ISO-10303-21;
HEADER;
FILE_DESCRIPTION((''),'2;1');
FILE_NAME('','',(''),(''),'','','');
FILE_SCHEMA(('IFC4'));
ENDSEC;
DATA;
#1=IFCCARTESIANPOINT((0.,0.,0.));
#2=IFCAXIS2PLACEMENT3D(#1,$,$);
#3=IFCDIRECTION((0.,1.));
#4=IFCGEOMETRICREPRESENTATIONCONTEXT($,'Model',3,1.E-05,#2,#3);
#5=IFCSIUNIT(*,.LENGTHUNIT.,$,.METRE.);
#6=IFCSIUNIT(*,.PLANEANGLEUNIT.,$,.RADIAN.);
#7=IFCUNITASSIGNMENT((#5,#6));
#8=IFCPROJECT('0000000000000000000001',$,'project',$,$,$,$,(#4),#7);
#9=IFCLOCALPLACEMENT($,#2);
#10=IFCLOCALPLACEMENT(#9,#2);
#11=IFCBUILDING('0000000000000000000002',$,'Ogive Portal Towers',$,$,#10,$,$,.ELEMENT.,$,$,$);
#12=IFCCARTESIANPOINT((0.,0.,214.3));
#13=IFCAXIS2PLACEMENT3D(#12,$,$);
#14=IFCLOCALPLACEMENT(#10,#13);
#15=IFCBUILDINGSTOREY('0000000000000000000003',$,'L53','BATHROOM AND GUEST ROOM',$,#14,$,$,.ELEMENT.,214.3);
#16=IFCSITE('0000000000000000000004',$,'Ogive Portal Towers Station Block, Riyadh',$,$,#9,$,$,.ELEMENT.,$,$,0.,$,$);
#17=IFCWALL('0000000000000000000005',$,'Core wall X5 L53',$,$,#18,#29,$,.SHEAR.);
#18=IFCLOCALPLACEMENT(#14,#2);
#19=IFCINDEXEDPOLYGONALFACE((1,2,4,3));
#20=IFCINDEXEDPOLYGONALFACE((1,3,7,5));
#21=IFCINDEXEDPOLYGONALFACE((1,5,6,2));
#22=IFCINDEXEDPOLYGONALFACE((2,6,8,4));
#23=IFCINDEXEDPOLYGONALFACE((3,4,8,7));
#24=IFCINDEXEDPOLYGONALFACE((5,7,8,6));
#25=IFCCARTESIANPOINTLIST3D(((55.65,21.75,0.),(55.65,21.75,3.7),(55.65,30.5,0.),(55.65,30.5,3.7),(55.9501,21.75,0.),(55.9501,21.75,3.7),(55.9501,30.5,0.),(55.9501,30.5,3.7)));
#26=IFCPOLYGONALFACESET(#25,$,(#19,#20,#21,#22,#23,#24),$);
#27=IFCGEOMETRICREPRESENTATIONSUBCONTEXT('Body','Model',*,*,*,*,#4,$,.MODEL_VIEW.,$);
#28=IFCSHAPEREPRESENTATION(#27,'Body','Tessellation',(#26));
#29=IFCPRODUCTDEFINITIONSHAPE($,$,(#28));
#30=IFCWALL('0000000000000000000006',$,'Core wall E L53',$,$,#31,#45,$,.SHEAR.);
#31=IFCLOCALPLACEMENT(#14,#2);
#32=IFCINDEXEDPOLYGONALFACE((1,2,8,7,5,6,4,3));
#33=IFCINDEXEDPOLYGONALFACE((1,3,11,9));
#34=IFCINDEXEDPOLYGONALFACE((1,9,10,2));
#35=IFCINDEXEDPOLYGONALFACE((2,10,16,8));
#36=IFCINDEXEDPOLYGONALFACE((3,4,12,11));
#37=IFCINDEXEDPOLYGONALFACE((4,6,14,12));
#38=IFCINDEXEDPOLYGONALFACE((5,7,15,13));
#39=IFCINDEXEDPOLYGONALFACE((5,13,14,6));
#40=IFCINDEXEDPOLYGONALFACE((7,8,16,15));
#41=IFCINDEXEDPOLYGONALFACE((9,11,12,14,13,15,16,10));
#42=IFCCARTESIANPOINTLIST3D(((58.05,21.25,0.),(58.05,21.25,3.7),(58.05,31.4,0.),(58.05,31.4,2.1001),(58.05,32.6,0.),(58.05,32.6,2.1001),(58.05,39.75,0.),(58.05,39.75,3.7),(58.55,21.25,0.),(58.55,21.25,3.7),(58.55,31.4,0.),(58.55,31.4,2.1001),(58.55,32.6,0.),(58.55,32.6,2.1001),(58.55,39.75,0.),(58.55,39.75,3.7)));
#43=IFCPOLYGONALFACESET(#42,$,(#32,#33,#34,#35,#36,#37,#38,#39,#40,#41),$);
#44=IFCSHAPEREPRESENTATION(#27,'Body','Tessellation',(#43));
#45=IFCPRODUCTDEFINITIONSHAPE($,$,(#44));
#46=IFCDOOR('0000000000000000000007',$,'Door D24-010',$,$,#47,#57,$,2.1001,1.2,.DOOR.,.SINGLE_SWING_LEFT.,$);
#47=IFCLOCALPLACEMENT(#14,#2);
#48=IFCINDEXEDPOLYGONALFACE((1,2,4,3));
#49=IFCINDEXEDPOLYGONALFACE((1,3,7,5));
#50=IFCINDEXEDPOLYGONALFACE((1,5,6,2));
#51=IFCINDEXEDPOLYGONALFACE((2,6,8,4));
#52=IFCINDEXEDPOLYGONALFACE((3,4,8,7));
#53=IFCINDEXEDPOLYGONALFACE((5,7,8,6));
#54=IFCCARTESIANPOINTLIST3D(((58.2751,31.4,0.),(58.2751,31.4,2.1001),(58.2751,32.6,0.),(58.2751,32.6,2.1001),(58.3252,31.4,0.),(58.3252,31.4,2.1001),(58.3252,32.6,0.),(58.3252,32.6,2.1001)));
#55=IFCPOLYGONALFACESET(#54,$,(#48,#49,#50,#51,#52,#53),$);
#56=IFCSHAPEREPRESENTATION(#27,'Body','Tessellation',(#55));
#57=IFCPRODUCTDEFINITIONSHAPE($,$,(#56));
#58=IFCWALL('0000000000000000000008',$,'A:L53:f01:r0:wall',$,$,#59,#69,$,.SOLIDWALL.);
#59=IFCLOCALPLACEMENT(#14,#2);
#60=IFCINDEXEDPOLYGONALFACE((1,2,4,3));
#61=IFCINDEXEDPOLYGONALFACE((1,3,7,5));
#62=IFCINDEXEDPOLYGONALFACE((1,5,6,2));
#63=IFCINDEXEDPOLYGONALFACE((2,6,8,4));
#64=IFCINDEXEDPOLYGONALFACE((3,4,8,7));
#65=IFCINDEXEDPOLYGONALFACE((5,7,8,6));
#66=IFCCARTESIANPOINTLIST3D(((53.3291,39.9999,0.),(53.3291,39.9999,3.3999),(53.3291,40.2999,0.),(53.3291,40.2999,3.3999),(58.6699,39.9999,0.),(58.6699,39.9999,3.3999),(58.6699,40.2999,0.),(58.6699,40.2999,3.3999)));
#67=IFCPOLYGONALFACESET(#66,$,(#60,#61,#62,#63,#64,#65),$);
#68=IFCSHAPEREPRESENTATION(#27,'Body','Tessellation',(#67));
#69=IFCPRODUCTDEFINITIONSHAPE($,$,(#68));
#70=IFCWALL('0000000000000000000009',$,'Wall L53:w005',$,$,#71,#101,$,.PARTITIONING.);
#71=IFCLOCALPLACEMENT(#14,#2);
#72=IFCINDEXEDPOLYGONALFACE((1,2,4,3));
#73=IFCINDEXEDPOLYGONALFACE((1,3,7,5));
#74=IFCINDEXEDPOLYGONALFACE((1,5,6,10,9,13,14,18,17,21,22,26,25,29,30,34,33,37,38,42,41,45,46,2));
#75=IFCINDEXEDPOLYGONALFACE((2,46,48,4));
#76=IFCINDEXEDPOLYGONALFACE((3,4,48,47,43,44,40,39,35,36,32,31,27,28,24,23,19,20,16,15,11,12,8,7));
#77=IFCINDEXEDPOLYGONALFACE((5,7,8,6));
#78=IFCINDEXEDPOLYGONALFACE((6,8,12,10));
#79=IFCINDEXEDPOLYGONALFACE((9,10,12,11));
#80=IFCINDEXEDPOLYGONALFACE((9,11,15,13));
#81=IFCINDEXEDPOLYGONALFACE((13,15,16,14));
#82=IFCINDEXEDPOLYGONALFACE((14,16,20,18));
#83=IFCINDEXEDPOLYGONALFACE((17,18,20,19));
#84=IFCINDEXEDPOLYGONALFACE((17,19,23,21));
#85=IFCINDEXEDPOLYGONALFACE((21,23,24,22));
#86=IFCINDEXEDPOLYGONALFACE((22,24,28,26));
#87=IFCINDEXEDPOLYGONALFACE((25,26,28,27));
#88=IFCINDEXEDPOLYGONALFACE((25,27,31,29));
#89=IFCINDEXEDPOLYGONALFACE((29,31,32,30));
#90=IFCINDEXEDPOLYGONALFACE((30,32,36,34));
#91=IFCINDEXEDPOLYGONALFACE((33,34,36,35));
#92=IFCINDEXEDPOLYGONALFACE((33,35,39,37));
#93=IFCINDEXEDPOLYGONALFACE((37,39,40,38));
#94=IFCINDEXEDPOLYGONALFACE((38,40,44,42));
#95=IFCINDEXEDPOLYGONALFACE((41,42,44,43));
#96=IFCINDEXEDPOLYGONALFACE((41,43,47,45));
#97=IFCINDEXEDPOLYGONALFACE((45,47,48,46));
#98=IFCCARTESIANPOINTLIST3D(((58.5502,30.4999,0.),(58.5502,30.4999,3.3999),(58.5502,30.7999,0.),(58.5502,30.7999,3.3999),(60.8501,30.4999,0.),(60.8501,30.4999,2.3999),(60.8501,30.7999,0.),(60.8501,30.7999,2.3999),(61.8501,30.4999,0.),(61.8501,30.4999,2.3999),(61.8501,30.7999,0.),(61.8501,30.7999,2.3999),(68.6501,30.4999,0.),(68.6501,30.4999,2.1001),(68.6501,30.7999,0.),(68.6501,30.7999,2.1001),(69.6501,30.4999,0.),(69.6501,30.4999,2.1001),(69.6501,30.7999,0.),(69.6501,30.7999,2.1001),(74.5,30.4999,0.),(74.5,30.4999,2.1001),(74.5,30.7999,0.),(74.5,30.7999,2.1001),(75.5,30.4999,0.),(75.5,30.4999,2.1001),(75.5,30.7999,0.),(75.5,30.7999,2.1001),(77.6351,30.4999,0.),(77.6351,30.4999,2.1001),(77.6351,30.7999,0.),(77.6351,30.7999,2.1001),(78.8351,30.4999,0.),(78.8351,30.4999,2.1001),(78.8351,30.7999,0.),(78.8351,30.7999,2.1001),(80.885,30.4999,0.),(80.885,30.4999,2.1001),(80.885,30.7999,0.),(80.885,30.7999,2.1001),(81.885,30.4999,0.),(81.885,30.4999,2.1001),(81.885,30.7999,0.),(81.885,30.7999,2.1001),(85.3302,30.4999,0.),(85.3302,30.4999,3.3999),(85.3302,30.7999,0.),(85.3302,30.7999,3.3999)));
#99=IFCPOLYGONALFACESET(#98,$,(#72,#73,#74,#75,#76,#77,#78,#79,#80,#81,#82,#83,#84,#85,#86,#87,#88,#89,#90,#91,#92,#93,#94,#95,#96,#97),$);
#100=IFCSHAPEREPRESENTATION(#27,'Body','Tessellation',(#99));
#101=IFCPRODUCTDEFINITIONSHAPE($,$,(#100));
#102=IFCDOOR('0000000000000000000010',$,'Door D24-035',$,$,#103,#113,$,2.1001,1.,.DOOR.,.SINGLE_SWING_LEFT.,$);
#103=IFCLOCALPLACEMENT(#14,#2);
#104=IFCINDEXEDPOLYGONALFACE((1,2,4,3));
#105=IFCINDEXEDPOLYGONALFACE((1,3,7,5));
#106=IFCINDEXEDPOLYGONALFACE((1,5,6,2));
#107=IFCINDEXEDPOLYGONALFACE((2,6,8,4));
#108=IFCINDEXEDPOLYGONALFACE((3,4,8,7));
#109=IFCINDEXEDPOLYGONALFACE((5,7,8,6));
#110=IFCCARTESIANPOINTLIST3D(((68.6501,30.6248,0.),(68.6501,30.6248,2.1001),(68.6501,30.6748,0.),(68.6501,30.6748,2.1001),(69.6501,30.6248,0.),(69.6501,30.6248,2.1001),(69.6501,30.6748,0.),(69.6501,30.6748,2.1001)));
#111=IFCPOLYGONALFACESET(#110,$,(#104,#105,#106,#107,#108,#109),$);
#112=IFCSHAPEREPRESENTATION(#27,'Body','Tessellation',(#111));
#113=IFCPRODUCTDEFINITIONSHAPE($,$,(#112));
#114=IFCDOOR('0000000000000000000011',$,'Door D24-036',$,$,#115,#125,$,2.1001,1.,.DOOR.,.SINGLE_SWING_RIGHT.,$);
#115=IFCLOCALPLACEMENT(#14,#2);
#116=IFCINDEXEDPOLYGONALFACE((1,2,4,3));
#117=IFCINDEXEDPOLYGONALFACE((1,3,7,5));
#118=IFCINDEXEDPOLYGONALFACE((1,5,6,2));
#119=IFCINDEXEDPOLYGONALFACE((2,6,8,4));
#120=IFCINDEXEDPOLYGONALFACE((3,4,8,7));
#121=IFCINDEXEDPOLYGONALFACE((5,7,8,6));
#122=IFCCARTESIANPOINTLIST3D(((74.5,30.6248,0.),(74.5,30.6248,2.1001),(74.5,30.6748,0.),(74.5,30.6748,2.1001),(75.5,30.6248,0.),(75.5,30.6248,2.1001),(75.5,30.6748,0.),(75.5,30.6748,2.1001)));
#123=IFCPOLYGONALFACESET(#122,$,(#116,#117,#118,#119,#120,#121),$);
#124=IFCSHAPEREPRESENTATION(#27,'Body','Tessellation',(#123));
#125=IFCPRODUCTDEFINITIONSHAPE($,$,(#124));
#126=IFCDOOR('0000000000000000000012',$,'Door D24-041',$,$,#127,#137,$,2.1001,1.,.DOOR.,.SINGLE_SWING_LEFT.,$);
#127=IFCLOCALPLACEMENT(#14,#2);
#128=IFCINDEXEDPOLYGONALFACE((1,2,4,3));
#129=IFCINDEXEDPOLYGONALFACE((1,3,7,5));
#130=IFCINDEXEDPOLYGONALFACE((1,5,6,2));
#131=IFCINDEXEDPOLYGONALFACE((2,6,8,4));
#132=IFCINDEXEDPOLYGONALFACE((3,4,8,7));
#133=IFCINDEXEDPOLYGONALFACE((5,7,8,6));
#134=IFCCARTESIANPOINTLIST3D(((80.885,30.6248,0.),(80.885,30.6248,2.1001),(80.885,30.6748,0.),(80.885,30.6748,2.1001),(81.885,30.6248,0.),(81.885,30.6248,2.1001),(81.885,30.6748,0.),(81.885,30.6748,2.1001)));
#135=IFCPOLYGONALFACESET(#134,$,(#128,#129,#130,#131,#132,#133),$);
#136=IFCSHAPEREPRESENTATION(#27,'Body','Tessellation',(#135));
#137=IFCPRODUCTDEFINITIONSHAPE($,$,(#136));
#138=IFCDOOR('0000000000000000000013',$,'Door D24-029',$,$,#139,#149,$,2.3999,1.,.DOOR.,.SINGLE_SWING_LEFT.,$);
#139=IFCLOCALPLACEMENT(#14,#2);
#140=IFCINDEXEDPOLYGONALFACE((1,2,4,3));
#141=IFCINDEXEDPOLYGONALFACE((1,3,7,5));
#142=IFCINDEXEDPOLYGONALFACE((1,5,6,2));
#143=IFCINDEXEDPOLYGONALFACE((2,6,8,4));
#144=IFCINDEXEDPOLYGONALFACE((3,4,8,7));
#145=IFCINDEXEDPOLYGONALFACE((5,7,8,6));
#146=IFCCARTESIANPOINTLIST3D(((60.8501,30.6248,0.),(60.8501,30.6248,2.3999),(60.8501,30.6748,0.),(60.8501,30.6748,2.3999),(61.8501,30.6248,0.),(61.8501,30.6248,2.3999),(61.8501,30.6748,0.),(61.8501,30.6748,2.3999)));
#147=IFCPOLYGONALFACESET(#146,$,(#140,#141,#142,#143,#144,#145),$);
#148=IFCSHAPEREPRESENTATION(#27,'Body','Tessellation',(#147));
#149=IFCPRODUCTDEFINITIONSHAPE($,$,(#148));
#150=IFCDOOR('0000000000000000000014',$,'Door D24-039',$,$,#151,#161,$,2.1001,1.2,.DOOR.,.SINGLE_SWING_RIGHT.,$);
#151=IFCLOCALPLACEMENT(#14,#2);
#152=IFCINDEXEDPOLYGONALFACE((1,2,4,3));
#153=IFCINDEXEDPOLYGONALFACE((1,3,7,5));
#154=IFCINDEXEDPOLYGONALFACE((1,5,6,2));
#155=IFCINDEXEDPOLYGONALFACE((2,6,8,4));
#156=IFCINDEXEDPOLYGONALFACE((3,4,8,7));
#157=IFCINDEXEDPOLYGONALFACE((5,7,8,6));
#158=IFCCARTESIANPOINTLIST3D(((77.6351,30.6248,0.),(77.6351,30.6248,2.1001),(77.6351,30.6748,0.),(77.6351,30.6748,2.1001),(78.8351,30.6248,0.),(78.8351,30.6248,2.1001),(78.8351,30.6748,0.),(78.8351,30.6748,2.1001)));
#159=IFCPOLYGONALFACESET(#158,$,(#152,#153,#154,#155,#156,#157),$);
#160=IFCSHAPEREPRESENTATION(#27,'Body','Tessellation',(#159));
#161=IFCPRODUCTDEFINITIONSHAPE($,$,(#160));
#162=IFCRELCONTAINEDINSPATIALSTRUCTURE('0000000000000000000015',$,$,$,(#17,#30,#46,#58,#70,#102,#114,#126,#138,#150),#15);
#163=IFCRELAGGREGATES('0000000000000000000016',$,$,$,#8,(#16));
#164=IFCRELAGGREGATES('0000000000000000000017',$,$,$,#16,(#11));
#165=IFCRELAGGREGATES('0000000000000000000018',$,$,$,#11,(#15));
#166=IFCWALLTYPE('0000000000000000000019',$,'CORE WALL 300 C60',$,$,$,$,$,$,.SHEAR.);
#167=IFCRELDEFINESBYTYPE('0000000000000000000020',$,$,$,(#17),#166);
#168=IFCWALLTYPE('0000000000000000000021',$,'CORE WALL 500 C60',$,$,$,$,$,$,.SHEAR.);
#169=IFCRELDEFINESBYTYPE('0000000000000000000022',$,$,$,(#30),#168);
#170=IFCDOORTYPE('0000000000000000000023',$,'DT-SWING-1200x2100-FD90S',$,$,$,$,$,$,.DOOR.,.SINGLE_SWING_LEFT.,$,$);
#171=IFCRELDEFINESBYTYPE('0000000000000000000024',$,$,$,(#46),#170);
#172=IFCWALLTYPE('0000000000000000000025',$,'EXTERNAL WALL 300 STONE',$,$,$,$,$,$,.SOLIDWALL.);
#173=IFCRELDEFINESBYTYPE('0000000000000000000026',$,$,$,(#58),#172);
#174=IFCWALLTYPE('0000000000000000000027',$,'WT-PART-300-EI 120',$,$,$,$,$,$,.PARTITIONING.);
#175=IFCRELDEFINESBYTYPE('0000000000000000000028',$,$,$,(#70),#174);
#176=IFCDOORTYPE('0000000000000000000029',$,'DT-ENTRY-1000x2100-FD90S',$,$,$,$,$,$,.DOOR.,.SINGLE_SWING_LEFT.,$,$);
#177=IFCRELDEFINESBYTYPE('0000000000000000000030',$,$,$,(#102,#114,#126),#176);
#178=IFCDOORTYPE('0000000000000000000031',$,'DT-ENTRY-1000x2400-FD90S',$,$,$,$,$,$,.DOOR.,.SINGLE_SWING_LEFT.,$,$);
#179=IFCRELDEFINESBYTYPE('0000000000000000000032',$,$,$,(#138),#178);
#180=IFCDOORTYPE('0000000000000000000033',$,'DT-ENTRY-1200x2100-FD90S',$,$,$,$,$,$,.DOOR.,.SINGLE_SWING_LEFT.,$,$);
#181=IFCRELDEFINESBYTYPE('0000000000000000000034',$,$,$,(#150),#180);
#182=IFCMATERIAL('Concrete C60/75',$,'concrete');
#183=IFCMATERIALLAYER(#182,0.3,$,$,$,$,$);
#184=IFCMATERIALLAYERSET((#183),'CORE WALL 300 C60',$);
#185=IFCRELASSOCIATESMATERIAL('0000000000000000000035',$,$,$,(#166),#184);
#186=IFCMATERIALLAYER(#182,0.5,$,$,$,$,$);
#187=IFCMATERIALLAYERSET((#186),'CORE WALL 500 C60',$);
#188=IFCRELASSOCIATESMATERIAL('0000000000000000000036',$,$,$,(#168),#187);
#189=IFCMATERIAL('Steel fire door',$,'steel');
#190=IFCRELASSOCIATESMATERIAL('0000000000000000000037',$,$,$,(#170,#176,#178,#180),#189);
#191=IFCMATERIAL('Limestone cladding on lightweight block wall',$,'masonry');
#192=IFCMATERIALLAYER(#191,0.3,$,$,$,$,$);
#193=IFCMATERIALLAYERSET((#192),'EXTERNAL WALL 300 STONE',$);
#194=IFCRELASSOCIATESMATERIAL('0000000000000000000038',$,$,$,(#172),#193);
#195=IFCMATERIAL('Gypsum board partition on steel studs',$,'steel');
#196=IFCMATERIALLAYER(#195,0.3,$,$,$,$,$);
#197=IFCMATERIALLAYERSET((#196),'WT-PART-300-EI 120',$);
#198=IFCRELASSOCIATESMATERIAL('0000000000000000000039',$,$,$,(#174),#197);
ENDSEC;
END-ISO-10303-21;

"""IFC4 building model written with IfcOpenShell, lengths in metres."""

from ifc_helpers import new_model, si_unit, direction, frame, frame_2d, origin, place, context, subcontext, project, spatial, rectangle, extrude, material, layer, layer_set, type_object, element, fill, save


model = new_model("IFC4")

# Units and contexts
model_context = context("Model", 3, precision=1e-05, world=origin(), true_north=direction((0.0, 1.0)))
body_context = subcontext(model_context, "Body", "Model", "MODEL_VIEW")
ifc_project = project(units=[si_unit("LENGTHUNIT", "METRE"), si_unit("PLANEANGLEUNIT", "RADIAN")], contexts=[model_context])

# Site, building, storey
site_placement = place(None, origin())
site = spatial("IfcSite", under=ifc_project, at=site_placement, Name="Ogive Portal Towers Station Block, Riyadh", CompositionType="ELEMENT", RefElevation=0.0)
building_placement = place(site_placement, origin())
building = spatial("IfcBuilding", under=site, at=building_placement, Name="Ogive Portal Towers", CompositionType="ELEMENT")
storey_placement = place(building_placement, frame((0.0, 0.0, 214.3)))
storey = spatial("IfcBuildingStorey", under=building, at=storey_placement, Name="L53", Description="BATHROOM AND GUEST ROOM", CompositionType="ELEMENT", Elevation=214.3)

# Wall
ifc_material_1 = material(Name="Concrete C60/75", Category="concrete")
ifc_layer_1 = layer(ifc_material_1, 0.3)
ifc_layer_set_1 = layer_set([ifc_layer_1], Name="CORE WALL 300 C60")
wall_type_1 = type_object("IfcWallType", Name="CORE WALL 300 C60", PredefinedType="SHEAR", material=ifc_layer_set_1)
wall_1_placement = place(storey_placement, frame((55.8, 21.75, 0.0), z_axis=(0.0, 0.0, 1.0), x_axis=(0.0, 1.0, 0.0)))
element("IfcWall", 1, at=wall_1_placement, inside=storey, type_object=wall_type_1, Name="Core wall X5 L53", PredefinedType="SHEAR", context=body_context, shape_type="SweptSolid", body=[
    extrude(rectangle(XDim=8.75, YDim=0.3, at=frame_2d((4.375, 0.0))), origin(), (0.0, 0.0, 1.0), 3.7),
])

# Wall, opening, door
ifc_layer_2 = layer(ifc_material_1, 0.5)
ifc_layer_set_2 = layer_set([ifc_layer_2], Name="CORE WALL 500 C60")
wall_type_2 = type_object("IfcWallType", Name="CORE WALL 500 C60", PredefinedType="SHEAR", material=ifc_layer_set_2)
wall_2_placement = place(storey_placement, frame((58.3, 21.25, 0.0), z_axis=(0.0, 0.0, 1.0), x_axis=(0.0, 1.0, 0.0)))
wall_2 = element("IfcWall", 2, at=wall_2_placement, inside=storey, type_object=wall_type_2, Name="Core wall E L53", PredefinedType="SHEAR", context=body_context, shape_type="SweptSolid", body=[
    extrude(rectangle(XDim=18.5, YDim=0.5, at=frame_2d((9.25, 0.0))), origin(), (0.0, 0.0, 1.0), 3.7),
])
opening_1_placement = place(wall_2_placement, frame((10.1499, 0.0, 0.0)))
opening_1 = element("IfcOpeningElement", 3, at=opening_1_placement, cuts=wall_2, PredefinedType="OPENING", context=body_context, shape_type="SweptSolid", body=[
    extrude(rectangle(XDim=1.2, YDim=2.1001, at=frame_2d((0.6001, 1.05))), frame((0.0, 0.26, 0.0), z_axis=(0.0, -1.0, 0.0), x_axis=(1.0, 0.0, 0.0)), (0.0, 0.0, 1.0), 0.52),
])
ifc_material_2 = material(Name="Steel fire door", Category="steel")
door_type_1 = type_object("IfcDoorType", Name="DT-SWING-1200x2100-FD90S", OperationType="SINGLE_SWING_LEFT", PredefinedType="DOOR", material=ifc_material_2)
door_1_placement = place(opening_1_placement, origin())
door_1 = element("IfcDoor", 4, at=door_1_placement, inside=storey, type_object=door_type_1, Name="Door D24-010", OperationType="SINGLE_SWING_LEFT", OverallHeight=2.1001, OverallWidth=1.2, PredefinedType="DOOR", context=body_context, shape_type="SweptSolid", body=[
    extrude(rectangle(XDim=1.2, YDim=2.1001, at=frame_2d((0.6001, 1.05))), frame((0.0, 0.0249, 0.0), z_axis=(0.0, -1.0, 0.0), x_axis=(1.0, 0.0, 0.0)), (0.0, 0.0, 1.0), 0.05),
])
fill(opening_1, door_1)

# Wall
ifc_material_3 = material(Name="Limestone cladding on lightweight block wall", Category="masonry")
ifc_layer_3 = layer(ifc_material_3, 0.3)
ifc_layer_set_3 = layer_set([ifc_layer_3], Name="EXTERNAL WALL 300 STONE")
wall_type_3 = type_object("IfcWallType", Name="EXTERNAL WALL 300 STONE", PredefinedType="SOLIDWALL", material=ifc_layer_set_3)
wall_3_placement = place(storey_placement, frame((58.6699, 40.1499, 0.0), z_axis=(0.0, 0.0, 1.0), x_axis=(-1.0, 0.0, 0.0)))
element("IfcWall", 5, at=wall_3_placement, inside=storey, type_object=wall_type_3, Name="A:L53:f01:r0:wall", PredefinedType="SOLIDWALL", context=body_context, shape_type="SweptSolid", body=[
    extrude(rectangle(XDim=5.3408, YDim=0.3, at=frame_2d((2.6704, 0.0))), origin(), (0.0, 0.0, 1.0), 3.3999),
])

# Wall, openings, doors
ifc_material_4 = material(Name="Gypsum board partition on steel studs", Category="steel")
ifc_layer_4 = layer(ifc_material_4, 0.3)
ifc_layer_set_4 = layer_set([ifc_layer_4], Name="WT-PART-300-EI 120")
wall_type_4 = type_object("IfcWallType", Name="WT-PART-300-EI 120", PredefinedType="PARTITIONING", material=ifc_layer_set_4)
wall_4_placement = place(storey_placement, frame((58.55, 30.6499, 0.0), z_axis=(0.0, 0.0, 1.0), x_axis=(1.0, 0.0, 0.0)))
wall_4 = element("IfcWall", 6, at=wall_4_placement, inside=storey, type_object=wall_type_4, Name="Wall L53:w005", PredefinedType="PARTITIONING", context=body_context, shape_type="SweptSolid", body=[
    extrude(rectangle(XDim=26.78, YDim=0.3, at=frame_2d((13.3901, 0.0))), origin(), (0.0, 0.0, 1.0), 3.3999),
])
opening_2_placement = place(wall_4_placement, frame((2.3, 0.0, 0.0)))
opening_2 = element("IfcOpeningElement", 7, at=opening_2_placement, cuts=wall_4, PredefinedType="OPENING", context=body_context, shape_type="SweptSolid", body=[
    extrude(rectangle(XDim=1.0, YDim=2.3999, at=frame_2d((0.5, 1.2))), frame((0.0, 0.1602, 0.0), z_axis=(0.0, -1.0, 0.0), x_axis=(1.0, 0.0, 0.0)), (0.0, 0.0, 1.0), 0.3201),
])
opening_3_placement = place(wall_4_placement, frame((10.1001, 0.0, 0.0)))
opening_3 = element("IfcOpeningElement", 8, at=opening_3_placement, cuts=wall_4, PredefinedType="OPENING", context=body_context, shape_type="SweptSolid", body=[
    extrude(rectangle(XDim=1.0, YDim=2.1001, at=frame_2d((0.5, 1.05))), frame((0.0, 0.1602, 0.0), z_axis=(0.0, -1.0, 0.0), x_axis=(1.0, 0.0, 0.0)), (0.0, 0.0, 1.0), 0.3201),
])
opening_4_placement = place(wall_4_placement, frame((15.95, 0.0, 0.0)))
opening_4 = element("IfcOpeningElement", 9, at=opening_4_placement, cuts=wall_4, PredefinedType="OPENING", context=body_context, shape_type="SweptSolid", body=[
    extrude(rectangle(XDim=1.0, YDim=2.1001, at=frame_2d((0.5, 1.05))), frame((0.0, 0.1602, 0.0), z_axis=(0.0, -1.0, 0.0), x_axis=(1.0, 0.0, 0.0)), (0.0, 0.0, 1.0), 0.3201),
])
opening_5_placement = place(wall_4_placement, frame((19.085, 0.0, 0.0)))
opening_5 = element("IfcOpeningElement", 10, at=opening_5_placement, cuts=wall_4, PredefinedType="OPENING", context=body_context, shape_type="SweptSolid", body=[
    extrude(rectangle(XDim=1.2, YDim=2.1001, at=frame_2d((0.6001, 1.05))), frame((0.0, 0.1602, 0.0), z_axis=(0.0, -1.0, 0.0), x_axis=(1.0, 0.0, 0.0)), (0.0, 0.0, 1.0), 0.3201),
])
opening_6_placement = place(wall_4_placement, frame((22.335, 0.0, 0.0)))
opening_6 = element("IfcOpeningElement", 11, at=opening_6_placement, cuts=wall_4, PredefinedType="OPENING", context=body_context, shape_type="SweptSolid", body=[
    extrude(rectangle(XDim=1.0, YDim=2.1001, at=frame_2d((0.5, 1.05))), frame((0.0, 0.1602, 0.0), z_axis=(0.0, -1.0, 0.0), x_axis=(1.0, 0.0, 0.0)), (0.0, 0.0, 1.0), 0.3201),
])
door_type_2 = type_object("IfcDoorType", Name="DT-ENTRY-1000x2100-FD90S", OperationType="SINGLE_SWING_LEFT", PredefinedType="DOOR", material=ifc_material_2)
door_2_placement = place(opening_3_placement, origin())
door_2 = element("IfcDoor", 12, at=door_2_placement, inside=storey, type_object=door_type_2, Name="Door D24-035", OperationType="SINGLE_SWING_LEFT", OverallHeight=2.1001, OverallWidth=1.0, PredefinedType="DOOR", context=body_context, shape_type="SweptSolid", body=[
    extrude(rectangle(XDim=1.0, YDim=2.1001, at=frame_2d((0.5, 1.05))), frame((0.0, 0.0249, 0.0), z_axis=(0.0, -1.0, 0.0), x_axis=(1.0, 0.0, 0.0)), (0.0, 0.0, 1.0), 0.05),
])
fill(opening_3, door_2)
door_3_placement = place(opening_4_placement, origin())
door_3 = element("IfcDoor", 13, at=door_3_placement, inside=storey, type_object=door_type_2, Name="Door D24-036", OperationType="SINGLE_SWING_RIGHT", OverallHeight=2.1001, OverallWidth=1.0, PredefinedType="DOOR", context=body_context, shape_type="SweptSolid", body=[
    extrude(rectangle(XDim=1.0, YDim=2.1001, at=frame_2d((0.5, 1.05))), frame((0.0, 0.0249, 0.0), z_axis=(0.0, -1.0, 0.0), x_axis=(1.0, 0.0, 0.0)), (0.0, 0.0, 1.0), 0.05),
])
fill(opening_4, door_3)
door_4_placement = place(opening_6_placement, origin())
door_4 = element("IfcDoor", 14, at=door_4_placement, inside=storey, type_object=door_type_2, Name="Door D24-041", OperationType="SINGLE_SWING_LEFT", OverallHeight=2.1001, OverallWidth=1.0, PredefinedType="DOOR", context=body_context, shape_type="SweptSolid", body=[
    extrude(rectangle(XDim=1.0, YDim=2.1001, at=frame_2d((0.5, 1.05))), frame((0.0, 0.0249, 0.0), z_axis=(0.0, -1.0, 0.0), x_axis=(1.0, 0.0, 0.0)), (0.0, 0.0, 1.0), 0.05),
])
fill(opening_6, door_4)
door_type_3 = type_object("IfcDoorType", Name="DT-ENTRY-1000x2400-FD90S", OperationType="SINGLE_SWING_LEFT", PredefinedType="DOOR", material=ifc_material_2)
door_5_placement = place(opening_2_placement, origin())
door_5 = element("IfcDoor", 15, at=door_5_placement, inside=storey, type_object=door_type_3, Name="Door D24-029", OperationType="SINGLE_SWING_LEFT", OverallHeight=2.3999, OverallWidth=1.0, PredefinedType="DOOR", context=body_context, shape_type="SweptSolid", body=[
    extrude(rectangle(XDim=1.0, YDim=2.3999, at=frame_2d((0.5, 1.2))), frame((0.0, 0.0249, 0.0), z_axis=(0.0, -1.0, 0.0), x_axis=(1.0, 0.0, 0.0)), (0.0, 0.0, 1.0), 0.05),
])
fill(opening_2, door_5)
door_type_4 = type_object("IfcDoorType", Name="DT-ENTRY-1200x2100-FD90S", OperationType="SINGLE_SWING_LEFT", PredefinedType="DOOR", material=ifc_material_2)
door_6_placement = place(opening_5_placement, origin())
door_6 = element("IfcDoor", 16, at=door_6_placement, inside=storey, type_object=door_type_4, Name="Door D24-039", OperationType="SINGLE_SWING_RIGHT", OverallHeight=2.1001, OverallWidth=1.2, PredefinedType="DOOR", context=body_context, shape_type="SweptSolid", body=[
    extrude(rectangle(XDim=1.2, YDim=2.1001, at=frame_2d((0.6001, 1.05))), frame((0.0, 0.0249, 0.0), z_axis=(0.0, -1.0, 0.0), x_axis=(1.0, 0.0, 0.0)), (0.0, 0.0, 1.0), 0.05),
])
fill(opening_5, door_6)

save(model, "model.ifc")
